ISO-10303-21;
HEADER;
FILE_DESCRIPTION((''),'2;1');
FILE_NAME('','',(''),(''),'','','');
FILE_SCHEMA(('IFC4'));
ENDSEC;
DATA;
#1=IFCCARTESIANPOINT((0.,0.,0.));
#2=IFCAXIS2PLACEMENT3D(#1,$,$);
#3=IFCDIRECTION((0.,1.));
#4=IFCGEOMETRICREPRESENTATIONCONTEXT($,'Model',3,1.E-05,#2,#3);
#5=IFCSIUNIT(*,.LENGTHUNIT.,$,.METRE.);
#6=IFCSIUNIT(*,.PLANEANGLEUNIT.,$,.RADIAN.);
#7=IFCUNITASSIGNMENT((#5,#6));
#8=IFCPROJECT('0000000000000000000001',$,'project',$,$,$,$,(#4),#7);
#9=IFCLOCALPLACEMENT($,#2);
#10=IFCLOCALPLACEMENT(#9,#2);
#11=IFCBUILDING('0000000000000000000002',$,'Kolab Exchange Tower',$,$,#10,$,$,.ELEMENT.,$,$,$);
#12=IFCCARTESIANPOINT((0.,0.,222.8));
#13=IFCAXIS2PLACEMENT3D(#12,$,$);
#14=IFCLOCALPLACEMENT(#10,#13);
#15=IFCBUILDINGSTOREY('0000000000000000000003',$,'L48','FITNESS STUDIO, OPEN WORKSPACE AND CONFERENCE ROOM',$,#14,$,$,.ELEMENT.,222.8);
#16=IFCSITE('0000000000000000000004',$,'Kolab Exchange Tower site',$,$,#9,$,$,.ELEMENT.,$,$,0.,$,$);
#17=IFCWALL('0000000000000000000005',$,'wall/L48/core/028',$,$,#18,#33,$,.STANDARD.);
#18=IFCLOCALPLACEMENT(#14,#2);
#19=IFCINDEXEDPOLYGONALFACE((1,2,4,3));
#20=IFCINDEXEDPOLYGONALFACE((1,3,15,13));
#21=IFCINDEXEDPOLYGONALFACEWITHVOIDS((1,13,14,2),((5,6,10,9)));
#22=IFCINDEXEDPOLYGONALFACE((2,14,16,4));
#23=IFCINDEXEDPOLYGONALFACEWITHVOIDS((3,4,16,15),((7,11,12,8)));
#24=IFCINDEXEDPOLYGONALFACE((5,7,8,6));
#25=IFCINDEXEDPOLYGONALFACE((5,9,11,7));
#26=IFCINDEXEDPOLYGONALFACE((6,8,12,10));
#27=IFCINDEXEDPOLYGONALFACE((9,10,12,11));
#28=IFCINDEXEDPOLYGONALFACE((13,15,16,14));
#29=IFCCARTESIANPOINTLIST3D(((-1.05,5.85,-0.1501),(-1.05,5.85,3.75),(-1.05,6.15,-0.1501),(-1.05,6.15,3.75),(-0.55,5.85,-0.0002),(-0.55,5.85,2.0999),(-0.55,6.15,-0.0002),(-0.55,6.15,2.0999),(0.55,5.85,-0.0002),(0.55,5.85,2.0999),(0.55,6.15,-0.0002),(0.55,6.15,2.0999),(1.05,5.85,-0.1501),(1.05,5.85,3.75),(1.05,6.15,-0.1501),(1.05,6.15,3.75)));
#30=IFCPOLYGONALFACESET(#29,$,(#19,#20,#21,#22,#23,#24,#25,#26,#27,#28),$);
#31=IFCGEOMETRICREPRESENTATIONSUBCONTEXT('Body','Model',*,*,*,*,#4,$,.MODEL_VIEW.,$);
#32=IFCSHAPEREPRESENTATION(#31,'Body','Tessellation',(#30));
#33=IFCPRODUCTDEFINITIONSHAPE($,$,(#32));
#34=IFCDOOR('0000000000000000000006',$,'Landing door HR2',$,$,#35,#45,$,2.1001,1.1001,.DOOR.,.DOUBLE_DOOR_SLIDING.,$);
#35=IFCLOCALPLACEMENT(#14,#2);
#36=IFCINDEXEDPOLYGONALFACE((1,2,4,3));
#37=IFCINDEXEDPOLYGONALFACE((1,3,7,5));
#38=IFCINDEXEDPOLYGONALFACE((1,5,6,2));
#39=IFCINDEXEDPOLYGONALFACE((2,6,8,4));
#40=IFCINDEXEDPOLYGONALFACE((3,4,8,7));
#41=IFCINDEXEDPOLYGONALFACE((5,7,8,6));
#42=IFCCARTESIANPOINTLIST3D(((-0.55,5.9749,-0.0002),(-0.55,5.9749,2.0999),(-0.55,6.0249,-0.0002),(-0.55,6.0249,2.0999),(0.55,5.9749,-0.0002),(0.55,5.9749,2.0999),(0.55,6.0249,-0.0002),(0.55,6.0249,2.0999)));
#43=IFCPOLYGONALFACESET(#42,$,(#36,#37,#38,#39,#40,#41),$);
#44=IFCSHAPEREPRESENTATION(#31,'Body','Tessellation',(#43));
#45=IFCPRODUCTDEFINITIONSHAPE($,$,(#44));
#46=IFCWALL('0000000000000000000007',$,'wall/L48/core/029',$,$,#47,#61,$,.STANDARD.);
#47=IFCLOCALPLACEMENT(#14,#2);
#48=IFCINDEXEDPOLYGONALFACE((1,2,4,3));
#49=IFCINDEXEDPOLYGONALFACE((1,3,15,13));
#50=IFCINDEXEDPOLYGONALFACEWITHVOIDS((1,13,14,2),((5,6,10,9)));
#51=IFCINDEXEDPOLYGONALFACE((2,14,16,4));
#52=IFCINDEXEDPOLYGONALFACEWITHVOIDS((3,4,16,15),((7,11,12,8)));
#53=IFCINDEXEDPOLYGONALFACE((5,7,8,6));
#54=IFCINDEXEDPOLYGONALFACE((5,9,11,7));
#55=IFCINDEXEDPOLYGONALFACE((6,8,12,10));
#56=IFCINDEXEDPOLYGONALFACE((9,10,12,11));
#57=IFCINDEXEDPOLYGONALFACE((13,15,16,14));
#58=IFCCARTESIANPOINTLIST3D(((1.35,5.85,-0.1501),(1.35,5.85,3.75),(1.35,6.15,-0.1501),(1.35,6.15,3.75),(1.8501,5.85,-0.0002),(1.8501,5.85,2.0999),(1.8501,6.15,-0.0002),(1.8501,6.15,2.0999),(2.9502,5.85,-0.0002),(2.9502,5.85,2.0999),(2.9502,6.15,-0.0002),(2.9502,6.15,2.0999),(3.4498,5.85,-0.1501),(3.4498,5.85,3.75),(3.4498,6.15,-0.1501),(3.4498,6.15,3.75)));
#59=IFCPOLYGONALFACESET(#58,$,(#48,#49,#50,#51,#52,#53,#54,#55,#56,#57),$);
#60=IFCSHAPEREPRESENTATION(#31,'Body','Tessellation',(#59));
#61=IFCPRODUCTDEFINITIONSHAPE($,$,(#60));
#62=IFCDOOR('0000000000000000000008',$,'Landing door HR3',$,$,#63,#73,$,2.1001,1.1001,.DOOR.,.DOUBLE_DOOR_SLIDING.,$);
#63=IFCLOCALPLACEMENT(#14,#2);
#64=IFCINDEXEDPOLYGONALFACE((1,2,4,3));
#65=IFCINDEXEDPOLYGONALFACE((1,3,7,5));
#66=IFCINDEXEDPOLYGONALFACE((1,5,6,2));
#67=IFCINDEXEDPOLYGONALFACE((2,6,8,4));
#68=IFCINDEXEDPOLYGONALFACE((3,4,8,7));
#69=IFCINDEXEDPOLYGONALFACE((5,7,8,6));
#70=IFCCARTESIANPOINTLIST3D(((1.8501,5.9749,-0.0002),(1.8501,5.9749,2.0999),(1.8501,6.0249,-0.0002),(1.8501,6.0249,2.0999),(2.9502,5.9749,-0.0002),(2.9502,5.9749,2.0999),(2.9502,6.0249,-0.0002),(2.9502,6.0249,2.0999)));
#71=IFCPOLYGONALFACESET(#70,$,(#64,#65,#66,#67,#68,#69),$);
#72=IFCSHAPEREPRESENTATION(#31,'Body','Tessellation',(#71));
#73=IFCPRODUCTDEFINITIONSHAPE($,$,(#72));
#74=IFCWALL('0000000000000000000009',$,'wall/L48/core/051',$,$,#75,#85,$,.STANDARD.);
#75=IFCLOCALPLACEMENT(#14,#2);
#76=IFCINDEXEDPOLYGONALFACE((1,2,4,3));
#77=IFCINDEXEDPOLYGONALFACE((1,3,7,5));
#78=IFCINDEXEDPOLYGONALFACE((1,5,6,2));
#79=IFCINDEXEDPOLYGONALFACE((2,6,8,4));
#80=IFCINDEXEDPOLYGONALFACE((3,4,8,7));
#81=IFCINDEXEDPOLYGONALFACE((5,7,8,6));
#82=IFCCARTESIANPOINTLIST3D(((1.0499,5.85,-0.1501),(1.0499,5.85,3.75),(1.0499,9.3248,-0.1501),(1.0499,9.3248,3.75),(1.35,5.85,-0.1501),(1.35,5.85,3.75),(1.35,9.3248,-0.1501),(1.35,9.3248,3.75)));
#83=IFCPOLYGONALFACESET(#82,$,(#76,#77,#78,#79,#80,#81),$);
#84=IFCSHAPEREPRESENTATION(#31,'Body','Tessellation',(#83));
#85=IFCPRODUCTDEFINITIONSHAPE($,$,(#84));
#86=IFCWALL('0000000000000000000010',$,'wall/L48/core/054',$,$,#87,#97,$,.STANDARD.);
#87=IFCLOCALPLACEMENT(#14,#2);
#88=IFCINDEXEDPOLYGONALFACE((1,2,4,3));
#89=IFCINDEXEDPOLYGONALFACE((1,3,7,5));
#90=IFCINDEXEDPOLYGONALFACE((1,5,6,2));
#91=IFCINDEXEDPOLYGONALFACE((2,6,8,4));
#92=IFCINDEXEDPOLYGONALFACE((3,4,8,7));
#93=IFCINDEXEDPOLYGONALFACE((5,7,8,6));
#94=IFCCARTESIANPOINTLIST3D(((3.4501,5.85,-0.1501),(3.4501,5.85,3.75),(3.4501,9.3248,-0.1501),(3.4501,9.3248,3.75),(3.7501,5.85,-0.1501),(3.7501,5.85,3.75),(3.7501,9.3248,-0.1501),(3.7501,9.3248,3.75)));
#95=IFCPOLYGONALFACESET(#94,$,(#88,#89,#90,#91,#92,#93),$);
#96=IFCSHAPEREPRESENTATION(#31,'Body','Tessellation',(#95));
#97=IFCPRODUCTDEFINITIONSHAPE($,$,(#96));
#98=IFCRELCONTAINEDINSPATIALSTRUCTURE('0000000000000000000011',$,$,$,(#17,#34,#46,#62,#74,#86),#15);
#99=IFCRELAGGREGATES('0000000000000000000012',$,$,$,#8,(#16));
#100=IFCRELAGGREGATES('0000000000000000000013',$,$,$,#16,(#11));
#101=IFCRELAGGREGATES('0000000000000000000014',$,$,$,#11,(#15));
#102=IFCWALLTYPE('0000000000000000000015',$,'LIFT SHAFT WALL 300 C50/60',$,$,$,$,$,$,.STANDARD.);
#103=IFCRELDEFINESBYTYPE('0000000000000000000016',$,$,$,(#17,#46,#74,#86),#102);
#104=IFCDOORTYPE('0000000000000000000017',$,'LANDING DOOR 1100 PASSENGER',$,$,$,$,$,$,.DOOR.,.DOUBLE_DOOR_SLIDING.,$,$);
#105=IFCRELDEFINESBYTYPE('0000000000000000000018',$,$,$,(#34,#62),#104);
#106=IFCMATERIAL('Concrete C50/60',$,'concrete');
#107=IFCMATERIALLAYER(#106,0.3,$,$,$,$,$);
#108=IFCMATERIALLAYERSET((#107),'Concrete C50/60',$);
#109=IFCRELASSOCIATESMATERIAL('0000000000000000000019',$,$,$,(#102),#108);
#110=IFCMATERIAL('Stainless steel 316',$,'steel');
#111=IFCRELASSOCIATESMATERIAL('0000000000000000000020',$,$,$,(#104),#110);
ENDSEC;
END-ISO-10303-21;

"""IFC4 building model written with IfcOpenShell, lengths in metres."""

from ifc_helpers import new_model, si_unit, direction, frame, frame_2d, origin, place, context, subcontext, project, spatial, rectangle, extrude, material, layer, layer_set, type_object, element, fill, save


model = new_model("IFC4")

# Units and contexts
model_context = context("Model", 3, precision=1e-05, world=origin(), true_north=direction((0.0, 1.0)))
body_context = subcontext(model_context, "Body", "Model", "MODEL_VIEW")
ifc_project = project(units=[si_unit("LENGTHUNIT", "METRE"), si_unit("PLANEANGLEUNIT", "RADIAN")], contexts=[model_context])

# Site, building, storey
site_placement = place(None, origin())
site = spatial("IfcSite", under=ifc_project, at=site_placement, Name="Kolab Exchange Tower site", CompositionType="ELEMENT", RefElevation=0.0)
building_placement = place(site_placement, origin())
building = spatial("IfcBuilding", under=site, at=building_placement, Name="Kolab Exchange Tower", CompositionType="ELEMENT")
storey_placement = place(building_placement, frame((0.0, 0.0, 222.8)))
storey = spatial("IfcBuildingStorey", under=building, at=storey_placement, Name="L48", Description="FITNESS STUDIO, OPEN WORKSPACE AND CONFERENCE ROOM", CompositionType="ELEMENT", Elevation=222.8)

# Shared definitions
ifc_material_1 = material(Name="Concrete C50/60", Category="concrete")

# Shared definitions
ifc_layer_1 = layer(ifc_material_1, 0.3)
ifc_layer_set_1 = layer_set([ifc_layer_1], Name="Concrete C50/60")
wall_type = type_object("IfcWallType", Name="LIFT SHAFT WALL 300 C50/60", PredefinedType="STANDARD", material=ifc_layer_set_1)

# Shared definitions
ifc_material_2 = material(Name="Stainless steel 316", Category="steel")
door_type = type_object("IfcDoorType", Name="LANDING DOOR 1100 PASSENGER", OperationType="DOUBLE_DOOR_SLIDING", PredefinedType="DOOR", material=ifc_material_2)

# Walls, openings, doors
wall_1_placement = place(storey_placement, frame((-1.05, 6.0, -0.1501), z_axis=(0.0, 0.0, 1.0), x_axis=(1.0, 0.0, 0.0)))
wall_1 = element("IfcWall", 1, at=wall_1_placement, inside=storey, type_object=wall_type, Name="wall/L48/core/028", PredefinedType="STANDARD", context=body_context, shape_type="SweptSolid", body=[
    extrude(rectangle(XDim=2.1001, YDim=0.3, at=frame_2d((1.05, 0.0))), origin(), (0.0, 0.0, 1.0), 3.9001),
])
opening_1_placement = place(wall_1_placement, frame((0.5, 0.0, 0.1499)))
opening_1 = element("IfcOpeningElement", 2, at=opening_1_placement, cuts=wall_1, PredefinedType="OPENING", context=body_context, shape_type="SweptSolid", body=[
    extrude(rectangle(XDim=1.1001, YDim=2.1001, at=frame_2d((0.55, 1.05))), frame((0.0, 0.1602, 0.0), z_axis=(0.0, -1.0, 0.0), x_axis=(1.0, 0.0, 0.0)), (0.0, 0.0, 1.0), 0.3201),
])
door_1_placement = place(opening_1_placement, origin())
door_1 = element("IfcDoor", 3, at=door_1_placement, inside=storey, type_object=door_type, Name="Landing door HR2", OperationType="DOUBLE_DOOR_SLIDING", OverallHeight=2.1001, OverallWidth=1.1001, PredefinedType="DOOR", context=body_context, shape_type="SweptSolid", body=[
    extrude(rectangle(XDim=1.1001, YDim=2.1001, at=frame_2d((0.55, 1.05))), frame((0.0, 0.0249, 0.0), z_axis=(0.0, -1.0, 0.0), x_axis=(1.0, 0.0, 0.0)), (0.0, 0.0, 1.0), 0.05),
])
fill(opening_1, door_1)
wall_2_placement = place(storey_placement, frame((1.3501, 6.0, -0.1501), z_axis=(0.0, 0.0, 1.0), x_axis=(1.0, 0.0, 0.0)))
wall_2 = element("IfcWall", 4, at=wall_2_placement, inside=storey, type_object=wall_type, Name="wall/L48/core/029", PredefinedType="STANDARD", context=body_context, shape_type="SweptSolid", body=[
    extrude(rectangle(XDim=2.0999, YDim=0.3, at=frame_2d((1.0498, 0.0))), origin(), (0.0, 0.0, 1.0), 3.9001),
])
opening_2_placement = place(wall_2_placement, frame((0.5, 0.0, 0.1499)))
opening_2 = element("IfcOpeningElement", 5, at=opening_2_placement, cuts=wall_2, PredefinedType="OPENING", context=body_context, shape_type="SweptSolid", body=[
    extrude(rectangle(XDim=1.1001, YDim=2.1001, at=frame_2d((0.55, 1.05))), frame((0.0, 0.1602, 0.0), z_axis=(0.0, -1.0, 0.0), x_axis=(1.0, 0.0, 0.0)), (0.0, 0.0, 1.0), 0.3201),
])
door_2_placement = place(opening_2_placement, origin())
door_2 = element("IfcDoor", 6, at=door_2_placement, inside=storey, type_object=door_type, Name="Landing door HR3", OperationType="DOUBLE_DOOR_SLIDING", OverallHeight=2.1001, OverallWidth=1.1001, PredefinedType="DOOR", context=body_context, shape_type="SweptSolid", body=[
    extrude(rectangle(XDim=1.1001, YDim=2.1001, at=frame_2d((0.55, 1.05))), frame((0.0, 0.0249, 0.0), z_axis=(0.0, -1.0, 0.0), x_axis=(1.0, 0.0, 0.0)), (0.0, 0.0, 1.0), 0.05),
])
fill(opening_2, door_2)

# Walls
for number, where, z_axis, x_axis, name in (
    (7, (1.2, 5.8501, -0.1501), (0.0, 0.0, 1.0), (0.0, 1.0, 0.0), "wall/L48/core/051"),
    (8, (3.6001, 5.8501, -0.1501), (0.0, 0.0, 1.0), (0.0, 1.0, 0.0), "wall/L48/core/054"),
):
    element("IfcWall", number, at=place(storey_placement, frame(where, z_axis=z_axis, x_axis=x_axis)), inside=storey, type_object=wall_type, Name=name, PredefinedType="STANDARD", context=body_context, shape_type="SweptSolid", body=[
        extrude(rectangle(XDim=3.4749, YDim=0.3, at=frame_2d((1.7373, 0.0))), origin(), (0.0, 0.0, 1.0), 3.9001),
    ])

save(model, "model.ifc")
